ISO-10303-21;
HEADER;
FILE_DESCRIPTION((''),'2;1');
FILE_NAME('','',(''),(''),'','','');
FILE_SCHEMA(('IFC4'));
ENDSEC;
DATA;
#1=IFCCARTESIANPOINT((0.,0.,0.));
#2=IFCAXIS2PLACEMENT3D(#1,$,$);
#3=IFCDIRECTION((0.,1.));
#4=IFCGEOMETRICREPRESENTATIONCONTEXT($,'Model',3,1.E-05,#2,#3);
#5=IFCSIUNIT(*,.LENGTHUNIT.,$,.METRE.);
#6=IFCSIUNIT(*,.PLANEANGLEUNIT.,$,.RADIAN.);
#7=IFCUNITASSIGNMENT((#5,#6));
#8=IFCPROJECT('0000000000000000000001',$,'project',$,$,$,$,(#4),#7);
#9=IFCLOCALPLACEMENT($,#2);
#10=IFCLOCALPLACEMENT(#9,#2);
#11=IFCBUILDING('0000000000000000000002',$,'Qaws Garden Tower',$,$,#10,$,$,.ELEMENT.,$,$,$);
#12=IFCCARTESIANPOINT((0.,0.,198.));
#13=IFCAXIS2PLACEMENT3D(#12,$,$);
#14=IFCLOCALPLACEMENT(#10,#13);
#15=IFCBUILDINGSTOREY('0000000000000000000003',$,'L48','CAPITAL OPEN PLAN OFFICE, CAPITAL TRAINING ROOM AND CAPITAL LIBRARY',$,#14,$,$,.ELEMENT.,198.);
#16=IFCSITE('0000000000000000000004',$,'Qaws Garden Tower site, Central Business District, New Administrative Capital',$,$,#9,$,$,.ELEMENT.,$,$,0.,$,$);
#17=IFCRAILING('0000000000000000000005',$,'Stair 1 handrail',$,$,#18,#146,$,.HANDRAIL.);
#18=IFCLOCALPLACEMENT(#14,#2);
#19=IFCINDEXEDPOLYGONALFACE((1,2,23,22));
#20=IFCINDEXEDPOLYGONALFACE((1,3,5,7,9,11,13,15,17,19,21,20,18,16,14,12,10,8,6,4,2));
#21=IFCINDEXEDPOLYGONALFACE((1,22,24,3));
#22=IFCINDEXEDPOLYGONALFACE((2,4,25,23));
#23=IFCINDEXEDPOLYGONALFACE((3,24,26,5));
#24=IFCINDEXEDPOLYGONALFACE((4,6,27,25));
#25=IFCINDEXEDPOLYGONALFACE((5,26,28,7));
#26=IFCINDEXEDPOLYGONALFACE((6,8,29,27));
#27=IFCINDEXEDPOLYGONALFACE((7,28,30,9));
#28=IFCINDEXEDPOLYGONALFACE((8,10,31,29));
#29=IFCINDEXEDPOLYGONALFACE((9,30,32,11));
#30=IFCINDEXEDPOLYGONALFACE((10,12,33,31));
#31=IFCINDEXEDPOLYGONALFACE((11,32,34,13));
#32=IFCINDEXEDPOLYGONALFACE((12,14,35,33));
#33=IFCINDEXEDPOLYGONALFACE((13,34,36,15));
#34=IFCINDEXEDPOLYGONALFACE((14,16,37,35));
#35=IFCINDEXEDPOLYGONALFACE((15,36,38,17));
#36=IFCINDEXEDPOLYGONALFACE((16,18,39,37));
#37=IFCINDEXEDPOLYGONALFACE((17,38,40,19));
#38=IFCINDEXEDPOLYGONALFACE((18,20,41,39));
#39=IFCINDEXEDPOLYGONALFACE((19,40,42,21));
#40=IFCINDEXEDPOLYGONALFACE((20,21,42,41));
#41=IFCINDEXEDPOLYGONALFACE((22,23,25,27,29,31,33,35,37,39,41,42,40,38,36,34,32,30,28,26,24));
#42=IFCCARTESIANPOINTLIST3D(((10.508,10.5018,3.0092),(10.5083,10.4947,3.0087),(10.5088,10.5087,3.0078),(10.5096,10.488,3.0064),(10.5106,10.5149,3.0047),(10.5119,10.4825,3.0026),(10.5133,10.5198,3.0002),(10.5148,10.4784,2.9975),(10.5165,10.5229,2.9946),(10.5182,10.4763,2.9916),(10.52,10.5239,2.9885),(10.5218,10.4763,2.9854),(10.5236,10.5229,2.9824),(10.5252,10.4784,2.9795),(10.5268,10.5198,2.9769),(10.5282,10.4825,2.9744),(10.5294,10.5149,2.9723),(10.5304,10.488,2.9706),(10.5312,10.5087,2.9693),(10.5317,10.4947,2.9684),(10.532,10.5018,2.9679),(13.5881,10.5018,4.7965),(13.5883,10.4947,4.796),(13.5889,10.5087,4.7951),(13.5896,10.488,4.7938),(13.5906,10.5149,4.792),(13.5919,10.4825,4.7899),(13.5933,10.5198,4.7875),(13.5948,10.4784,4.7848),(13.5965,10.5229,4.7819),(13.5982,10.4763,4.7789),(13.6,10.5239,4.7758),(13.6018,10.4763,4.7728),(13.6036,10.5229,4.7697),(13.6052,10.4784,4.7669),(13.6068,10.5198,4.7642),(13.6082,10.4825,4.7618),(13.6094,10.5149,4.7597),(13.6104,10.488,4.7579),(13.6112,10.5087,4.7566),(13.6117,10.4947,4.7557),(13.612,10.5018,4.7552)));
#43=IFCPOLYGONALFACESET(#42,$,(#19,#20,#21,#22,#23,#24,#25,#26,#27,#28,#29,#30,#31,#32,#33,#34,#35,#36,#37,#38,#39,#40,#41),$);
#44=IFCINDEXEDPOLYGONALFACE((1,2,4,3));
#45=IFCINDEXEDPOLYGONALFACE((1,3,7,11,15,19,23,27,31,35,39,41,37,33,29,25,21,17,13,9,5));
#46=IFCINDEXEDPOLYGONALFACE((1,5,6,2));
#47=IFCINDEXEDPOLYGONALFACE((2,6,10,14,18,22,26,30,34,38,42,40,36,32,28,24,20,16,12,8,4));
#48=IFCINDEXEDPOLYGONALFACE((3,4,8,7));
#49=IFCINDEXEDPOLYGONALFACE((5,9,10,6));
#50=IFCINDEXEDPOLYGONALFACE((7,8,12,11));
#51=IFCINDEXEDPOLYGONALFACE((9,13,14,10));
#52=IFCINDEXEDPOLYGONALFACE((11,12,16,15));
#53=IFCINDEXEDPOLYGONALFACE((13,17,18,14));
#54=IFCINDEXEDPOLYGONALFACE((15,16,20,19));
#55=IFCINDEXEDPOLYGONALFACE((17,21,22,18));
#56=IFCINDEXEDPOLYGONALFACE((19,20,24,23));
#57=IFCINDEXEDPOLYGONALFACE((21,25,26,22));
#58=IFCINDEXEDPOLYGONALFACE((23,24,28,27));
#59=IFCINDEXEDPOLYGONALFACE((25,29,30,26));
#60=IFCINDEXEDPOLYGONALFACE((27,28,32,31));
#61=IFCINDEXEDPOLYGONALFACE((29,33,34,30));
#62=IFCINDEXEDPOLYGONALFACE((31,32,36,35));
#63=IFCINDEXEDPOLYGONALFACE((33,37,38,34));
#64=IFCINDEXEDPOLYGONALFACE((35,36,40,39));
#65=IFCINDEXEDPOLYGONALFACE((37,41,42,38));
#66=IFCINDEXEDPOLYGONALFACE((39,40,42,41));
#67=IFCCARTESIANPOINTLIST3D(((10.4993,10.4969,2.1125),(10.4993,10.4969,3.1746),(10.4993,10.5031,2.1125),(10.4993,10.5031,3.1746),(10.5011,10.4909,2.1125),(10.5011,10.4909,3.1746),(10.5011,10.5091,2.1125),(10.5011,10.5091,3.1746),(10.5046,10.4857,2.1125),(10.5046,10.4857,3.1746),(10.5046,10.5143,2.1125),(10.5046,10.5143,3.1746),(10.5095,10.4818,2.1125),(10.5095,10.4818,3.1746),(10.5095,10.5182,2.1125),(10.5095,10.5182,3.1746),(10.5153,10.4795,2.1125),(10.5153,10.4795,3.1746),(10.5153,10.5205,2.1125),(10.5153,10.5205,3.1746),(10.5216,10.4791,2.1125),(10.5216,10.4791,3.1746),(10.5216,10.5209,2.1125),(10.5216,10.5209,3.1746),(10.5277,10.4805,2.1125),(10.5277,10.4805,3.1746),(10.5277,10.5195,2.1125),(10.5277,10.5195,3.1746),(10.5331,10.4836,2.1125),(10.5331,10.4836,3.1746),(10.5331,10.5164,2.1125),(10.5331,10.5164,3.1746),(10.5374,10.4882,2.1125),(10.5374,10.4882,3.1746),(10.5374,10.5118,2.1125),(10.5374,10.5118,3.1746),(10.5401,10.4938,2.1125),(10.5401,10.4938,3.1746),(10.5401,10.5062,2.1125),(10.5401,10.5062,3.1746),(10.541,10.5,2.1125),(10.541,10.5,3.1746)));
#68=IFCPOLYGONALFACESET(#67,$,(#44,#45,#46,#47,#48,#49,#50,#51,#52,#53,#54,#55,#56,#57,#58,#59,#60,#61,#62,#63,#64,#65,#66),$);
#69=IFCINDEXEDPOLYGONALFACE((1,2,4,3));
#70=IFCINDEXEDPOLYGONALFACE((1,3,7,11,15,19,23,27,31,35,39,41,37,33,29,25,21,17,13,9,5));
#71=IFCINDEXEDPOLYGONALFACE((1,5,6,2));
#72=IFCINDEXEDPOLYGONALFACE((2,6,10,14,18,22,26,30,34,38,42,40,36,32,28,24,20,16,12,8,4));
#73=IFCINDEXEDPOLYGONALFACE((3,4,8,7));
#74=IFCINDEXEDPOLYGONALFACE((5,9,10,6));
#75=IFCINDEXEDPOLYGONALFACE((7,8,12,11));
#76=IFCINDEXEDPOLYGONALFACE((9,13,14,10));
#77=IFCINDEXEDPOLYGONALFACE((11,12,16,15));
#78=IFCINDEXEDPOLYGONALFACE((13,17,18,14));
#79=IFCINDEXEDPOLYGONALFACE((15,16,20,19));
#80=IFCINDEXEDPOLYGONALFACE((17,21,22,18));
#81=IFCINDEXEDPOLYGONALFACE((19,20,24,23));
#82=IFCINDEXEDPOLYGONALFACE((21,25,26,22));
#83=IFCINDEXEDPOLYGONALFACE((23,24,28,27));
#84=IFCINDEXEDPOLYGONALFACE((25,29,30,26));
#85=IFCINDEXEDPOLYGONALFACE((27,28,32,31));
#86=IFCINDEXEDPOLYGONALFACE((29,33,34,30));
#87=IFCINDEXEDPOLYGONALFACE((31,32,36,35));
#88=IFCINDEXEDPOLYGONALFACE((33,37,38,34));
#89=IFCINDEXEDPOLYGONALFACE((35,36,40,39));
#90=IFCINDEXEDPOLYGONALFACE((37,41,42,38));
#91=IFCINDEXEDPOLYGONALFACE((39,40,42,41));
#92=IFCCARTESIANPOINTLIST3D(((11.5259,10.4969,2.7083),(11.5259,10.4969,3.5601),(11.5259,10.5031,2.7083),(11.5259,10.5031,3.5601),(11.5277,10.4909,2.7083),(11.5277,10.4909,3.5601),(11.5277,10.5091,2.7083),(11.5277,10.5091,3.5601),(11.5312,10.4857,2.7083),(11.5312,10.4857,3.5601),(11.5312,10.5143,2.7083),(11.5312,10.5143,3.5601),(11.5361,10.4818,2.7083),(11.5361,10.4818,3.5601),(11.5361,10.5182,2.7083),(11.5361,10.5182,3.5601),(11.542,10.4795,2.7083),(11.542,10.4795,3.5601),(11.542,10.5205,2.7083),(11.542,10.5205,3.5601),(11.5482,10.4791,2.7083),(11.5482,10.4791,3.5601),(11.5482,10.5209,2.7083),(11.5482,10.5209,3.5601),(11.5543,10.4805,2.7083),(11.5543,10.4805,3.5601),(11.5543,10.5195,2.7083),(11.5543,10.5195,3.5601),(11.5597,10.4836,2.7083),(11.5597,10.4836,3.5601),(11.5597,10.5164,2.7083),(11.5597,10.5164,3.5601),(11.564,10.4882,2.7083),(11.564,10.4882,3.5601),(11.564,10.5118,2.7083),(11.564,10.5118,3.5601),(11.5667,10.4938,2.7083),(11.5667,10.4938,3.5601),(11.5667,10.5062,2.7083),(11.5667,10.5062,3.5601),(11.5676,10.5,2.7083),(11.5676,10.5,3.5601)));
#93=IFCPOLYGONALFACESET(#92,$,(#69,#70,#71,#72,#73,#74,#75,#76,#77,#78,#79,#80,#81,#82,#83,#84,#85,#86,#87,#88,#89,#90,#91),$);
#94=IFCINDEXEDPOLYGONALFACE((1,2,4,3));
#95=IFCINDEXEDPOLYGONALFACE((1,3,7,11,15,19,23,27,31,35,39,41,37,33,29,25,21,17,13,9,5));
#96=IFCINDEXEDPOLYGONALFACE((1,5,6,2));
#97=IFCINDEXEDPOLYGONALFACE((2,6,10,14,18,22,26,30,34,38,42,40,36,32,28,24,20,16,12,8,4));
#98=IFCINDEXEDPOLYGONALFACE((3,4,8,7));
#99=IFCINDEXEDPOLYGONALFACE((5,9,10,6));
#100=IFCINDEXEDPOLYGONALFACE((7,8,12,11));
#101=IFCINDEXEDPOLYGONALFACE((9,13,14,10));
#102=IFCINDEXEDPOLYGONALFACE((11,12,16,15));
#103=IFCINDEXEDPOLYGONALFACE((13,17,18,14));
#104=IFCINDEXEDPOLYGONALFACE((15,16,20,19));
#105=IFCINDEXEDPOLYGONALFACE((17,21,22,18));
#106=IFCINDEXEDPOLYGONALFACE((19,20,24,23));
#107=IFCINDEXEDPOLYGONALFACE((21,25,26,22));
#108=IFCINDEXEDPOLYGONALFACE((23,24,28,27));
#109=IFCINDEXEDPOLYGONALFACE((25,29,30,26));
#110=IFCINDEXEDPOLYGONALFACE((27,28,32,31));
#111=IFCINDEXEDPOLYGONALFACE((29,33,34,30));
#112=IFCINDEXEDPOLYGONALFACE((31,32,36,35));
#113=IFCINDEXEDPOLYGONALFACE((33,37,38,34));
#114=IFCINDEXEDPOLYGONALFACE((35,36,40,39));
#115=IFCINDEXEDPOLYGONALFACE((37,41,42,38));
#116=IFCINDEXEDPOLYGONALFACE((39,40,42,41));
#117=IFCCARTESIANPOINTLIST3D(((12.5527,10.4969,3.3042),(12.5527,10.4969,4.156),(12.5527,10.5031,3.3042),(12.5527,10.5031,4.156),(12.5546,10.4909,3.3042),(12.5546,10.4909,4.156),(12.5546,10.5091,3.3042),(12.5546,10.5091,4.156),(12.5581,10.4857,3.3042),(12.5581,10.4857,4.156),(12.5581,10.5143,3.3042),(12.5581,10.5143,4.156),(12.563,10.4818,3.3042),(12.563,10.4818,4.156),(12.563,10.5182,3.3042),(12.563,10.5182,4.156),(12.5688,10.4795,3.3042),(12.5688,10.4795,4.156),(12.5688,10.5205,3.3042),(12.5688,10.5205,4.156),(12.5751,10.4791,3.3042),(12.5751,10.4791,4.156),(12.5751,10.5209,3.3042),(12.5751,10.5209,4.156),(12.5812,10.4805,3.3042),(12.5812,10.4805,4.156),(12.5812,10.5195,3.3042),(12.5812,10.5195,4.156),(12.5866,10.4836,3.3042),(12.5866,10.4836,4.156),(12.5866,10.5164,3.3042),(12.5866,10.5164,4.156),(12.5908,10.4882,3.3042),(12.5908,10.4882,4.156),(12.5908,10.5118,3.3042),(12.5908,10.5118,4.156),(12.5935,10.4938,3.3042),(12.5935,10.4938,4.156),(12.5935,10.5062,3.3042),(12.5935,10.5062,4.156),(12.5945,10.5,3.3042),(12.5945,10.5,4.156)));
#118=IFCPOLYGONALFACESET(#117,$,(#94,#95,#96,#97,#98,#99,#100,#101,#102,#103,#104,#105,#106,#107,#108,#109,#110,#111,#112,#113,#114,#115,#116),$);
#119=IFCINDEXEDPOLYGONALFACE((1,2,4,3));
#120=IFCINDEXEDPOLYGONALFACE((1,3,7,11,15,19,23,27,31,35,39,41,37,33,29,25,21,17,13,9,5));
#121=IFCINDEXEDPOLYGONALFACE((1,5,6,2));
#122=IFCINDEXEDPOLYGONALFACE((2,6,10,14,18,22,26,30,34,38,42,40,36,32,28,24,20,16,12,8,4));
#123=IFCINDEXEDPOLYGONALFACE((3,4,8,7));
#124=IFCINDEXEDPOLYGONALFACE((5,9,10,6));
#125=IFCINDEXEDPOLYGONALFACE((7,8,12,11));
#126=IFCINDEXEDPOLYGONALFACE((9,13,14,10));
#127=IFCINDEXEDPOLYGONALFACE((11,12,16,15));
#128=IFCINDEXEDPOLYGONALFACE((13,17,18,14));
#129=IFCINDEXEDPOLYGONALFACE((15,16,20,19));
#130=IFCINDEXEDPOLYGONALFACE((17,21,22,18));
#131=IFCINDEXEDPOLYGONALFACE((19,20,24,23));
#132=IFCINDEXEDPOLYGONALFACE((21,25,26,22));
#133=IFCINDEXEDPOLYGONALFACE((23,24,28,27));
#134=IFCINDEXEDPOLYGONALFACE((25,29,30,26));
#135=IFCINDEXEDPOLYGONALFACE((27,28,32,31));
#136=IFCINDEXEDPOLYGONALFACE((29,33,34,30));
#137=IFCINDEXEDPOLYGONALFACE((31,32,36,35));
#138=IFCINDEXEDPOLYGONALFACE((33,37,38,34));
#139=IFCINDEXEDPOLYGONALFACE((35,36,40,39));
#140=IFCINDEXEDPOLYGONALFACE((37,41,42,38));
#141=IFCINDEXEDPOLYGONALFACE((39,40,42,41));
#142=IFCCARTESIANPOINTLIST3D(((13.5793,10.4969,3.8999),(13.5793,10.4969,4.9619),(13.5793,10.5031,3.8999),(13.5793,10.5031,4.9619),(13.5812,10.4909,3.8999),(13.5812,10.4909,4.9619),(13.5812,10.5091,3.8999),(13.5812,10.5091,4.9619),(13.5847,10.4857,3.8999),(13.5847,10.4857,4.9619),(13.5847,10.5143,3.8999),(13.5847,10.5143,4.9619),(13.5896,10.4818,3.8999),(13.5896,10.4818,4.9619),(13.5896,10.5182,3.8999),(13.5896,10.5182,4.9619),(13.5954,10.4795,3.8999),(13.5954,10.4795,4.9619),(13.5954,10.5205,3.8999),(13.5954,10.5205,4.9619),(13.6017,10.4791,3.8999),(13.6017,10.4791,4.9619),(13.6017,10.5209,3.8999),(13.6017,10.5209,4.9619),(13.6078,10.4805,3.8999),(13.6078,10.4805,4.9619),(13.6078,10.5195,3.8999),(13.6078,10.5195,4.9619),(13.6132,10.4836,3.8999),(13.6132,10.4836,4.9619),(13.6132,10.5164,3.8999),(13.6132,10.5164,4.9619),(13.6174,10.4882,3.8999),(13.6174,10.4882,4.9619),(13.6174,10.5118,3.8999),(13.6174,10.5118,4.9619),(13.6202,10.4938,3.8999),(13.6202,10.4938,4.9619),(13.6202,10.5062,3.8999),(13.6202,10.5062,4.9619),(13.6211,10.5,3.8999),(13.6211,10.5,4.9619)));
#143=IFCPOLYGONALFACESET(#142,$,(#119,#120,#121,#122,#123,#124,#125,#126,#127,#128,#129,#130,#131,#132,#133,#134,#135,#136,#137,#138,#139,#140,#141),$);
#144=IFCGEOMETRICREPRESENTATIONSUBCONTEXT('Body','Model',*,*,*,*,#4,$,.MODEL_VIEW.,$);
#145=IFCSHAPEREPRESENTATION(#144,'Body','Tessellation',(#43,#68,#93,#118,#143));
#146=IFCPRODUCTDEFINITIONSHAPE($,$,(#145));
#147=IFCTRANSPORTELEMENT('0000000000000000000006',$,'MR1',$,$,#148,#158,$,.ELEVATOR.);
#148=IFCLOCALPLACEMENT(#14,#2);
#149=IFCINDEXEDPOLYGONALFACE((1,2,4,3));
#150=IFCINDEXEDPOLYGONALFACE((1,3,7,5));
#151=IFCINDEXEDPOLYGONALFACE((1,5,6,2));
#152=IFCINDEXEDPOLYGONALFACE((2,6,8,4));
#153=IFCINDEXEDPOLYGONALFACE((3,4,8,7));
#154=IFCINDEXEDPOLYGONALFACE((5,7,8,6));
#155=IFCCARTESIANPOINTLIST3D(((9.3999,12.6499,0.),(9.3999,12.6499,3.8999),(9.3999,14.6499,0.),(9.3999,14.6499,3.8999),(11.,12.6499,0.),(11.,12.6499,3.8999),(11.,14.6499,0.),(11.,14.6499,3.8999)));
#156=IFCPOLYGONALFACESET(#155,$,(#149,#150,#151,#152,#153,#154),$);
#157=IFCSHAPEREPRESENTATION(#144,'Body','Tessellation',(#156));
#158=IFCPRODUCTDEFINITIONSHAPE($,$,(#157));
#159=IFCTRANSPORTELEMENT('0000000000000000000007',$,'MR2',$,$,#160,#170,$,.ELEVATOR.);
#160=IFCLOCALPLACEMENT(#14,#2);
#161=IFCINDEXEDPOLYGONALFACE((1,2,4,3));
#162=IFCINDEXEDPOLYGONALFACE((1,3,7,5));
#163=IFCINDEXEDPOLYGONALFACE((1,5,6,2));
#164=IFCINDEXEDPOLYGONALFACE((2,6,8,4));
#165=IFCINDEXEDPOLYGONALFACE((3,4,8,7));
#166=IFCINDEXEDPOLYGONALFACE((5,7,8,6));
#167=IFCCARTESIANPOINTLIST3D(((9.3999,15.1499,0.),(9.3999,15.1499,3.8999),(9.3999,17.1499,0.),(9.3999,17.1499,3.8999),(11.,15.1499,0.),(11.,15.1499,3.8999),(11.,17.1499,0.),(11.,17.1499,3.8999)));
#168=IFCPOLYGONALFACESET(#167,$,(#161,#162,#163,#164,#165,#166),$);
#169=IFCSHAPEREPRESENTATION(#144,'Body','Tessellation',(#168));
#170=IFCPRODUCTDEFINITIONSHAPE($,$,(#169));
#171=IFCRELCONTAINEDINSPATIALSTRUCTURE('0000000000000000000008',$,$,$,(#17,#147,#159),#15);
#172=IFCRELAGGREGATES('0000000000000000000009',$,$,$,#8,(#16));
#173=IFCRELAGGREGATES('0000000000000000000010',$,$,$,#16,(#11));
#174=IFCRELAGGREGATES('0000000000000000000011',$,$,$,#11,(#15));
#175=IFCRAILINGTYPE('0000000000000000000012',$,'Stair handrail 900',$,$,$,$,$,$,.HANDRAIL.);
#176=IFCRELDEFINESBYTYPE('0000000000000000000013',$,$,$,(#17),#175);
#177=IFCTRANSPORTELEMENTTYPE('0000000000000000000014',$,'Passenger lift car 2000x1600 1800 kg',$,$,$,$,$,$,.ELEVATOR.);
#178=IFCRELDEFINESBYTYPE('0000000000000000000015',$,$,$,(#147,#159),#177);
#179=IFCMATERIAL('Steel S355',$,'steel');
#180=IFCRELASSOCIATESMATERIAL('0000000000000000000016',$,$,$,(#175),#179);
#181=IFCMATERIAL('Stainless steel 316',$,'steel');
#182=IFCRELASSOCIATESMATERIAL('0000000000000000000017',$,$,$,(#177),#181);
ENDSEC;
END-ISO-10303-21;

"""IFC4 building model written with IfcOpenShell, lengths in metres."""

from ifc_helpers import new_model, si_unit, direction, frame, origin, origin_2d, place, context, subcontext, project, spatial, rectangle, circle, extrude, material, type_object, element, save


model = new_model("IFC4")

# Units and contexts
model_context = context("Model", 3, precision=1e-05, world=origin(), true_north=direction((0.0, 1.0)))
body_context = subcontext(model_context, "Body", "Model", "MODEL_VIEW")
ifc_project = project(units=[si_unit("LENGTHUNIT", "METRE"), si_unit("PLANEANGLEUNIT", "RADIAN")], contexts=[model_context])

# Site, building, storey
site_placement = place(None, origin())
site = spatial("IfcSite", under=ifc_project, at=site_placement, Name="Qaws Garden Tower site, Central Business District, New Administrative Capital", CompositionType="ELEMENT", RefElevation=0.0)
building_placement = place(site_placement, origin())
building = spatial("IfcBuilding", under=site, at=building_placement, Name="Qaws Garden Tower", CompositionType="ELEMENT")
storey_placement = place(building_placement, frame((0.0, 0.0, 198.0)))
storey = spatial("IfcBuildingStorey", under=building, at=storey_placement, Name="L48", Description="CAPITAL OPEN PLAN OFFICE, CAPITAL TRAINING ROOM AND CAPITAL LIBRARY", CompositionType="ELEMENT", Elevation=198.0)

# Railing
ifc_material_1 = material(Name="Steel S355", Category="steel")
railing_type = type_object("IfcRailingType", Name="Stair handrail 900", PredefinedType="HANDRAIL", material=ifc_material_1)
railing_1_placement = place(storey_placement, frame((10.52, 10.5, 2.1125)))
element("IfcRailing", 1, at=railing_1_placement, inside=storey, type_object=railing_type, Name="Stair 1 handrail", PredefinedType="HANDRAIL", context=body_context, shape_type="SweptSolid", body=[
    extrude(circle(Radius=0.0239, at=origin_2d()), frame((0.0, 0.0, 0.876), z_axis=(0.86492, 0.0, 0.501909), x_axis=(0.0, 1.0, 0.0)), (0.0, 0.0, 1.0), 3.561),
    extrude(circle(Radius=0.021, at=origin_2d()), origin(), (0.0, 0.0, 1.0), 1.062),
    extrude(circle(Radius=0.021, at=origin_2d()), frame((1.0266, 0.0, 0.5957)), (0.0, 0.0, 1.0), 0.8518),
    extrude(circle(Radius=0.021, at=origin_2d()), frame((2.0535, 0.0, 1.1917)), (0.0, 0.0, 1.0), 0.8518),
    extrude(circle(Radius=0.021, at=origin_2d()), frame((3.0801, 0.0, 1.7874)), (0.0, 0.0, 1.0), 1.062),
])

# Transport elements
ifc_material_2 = material(Name="Stainless steel 316", Category="steel")
transport_element_type = type_object("IfcTransportElementType", Name="Passenger lift car 2000x1600 1800 kg", PredefinedType="ELEVATOR", material=ifc_material_2)
for number, where, z_axis, x_axis, name in (
    (2, (10.2, 13.6499, 0.0), (0.0, 0.0, 1.0), (1.0, 0.0, 0.0), "MR1"),
    (3, (10.2, 16.1499, 0.0), (0.0, 0.0, 1.0), (1.0, 0.0, 0.0), "MR2"),
):
    element("IfcTransportElement", number, at=place(storey_placement, frame(where, z_axis=z_axis, x_axis=x_axis)), inside=storey, type_object=transport_element_type, Name=name, PredefinedType="ELEVATOR", context=body_context, shape_type="SweptSolid", body=[
        extrude(rectangle(XDim=1.6001, YDim=2.0, at=origin_2d()), origin(), (0.0, 0.0, 1.0), 3.8999),
    ])

save(model, "model.ifc")
